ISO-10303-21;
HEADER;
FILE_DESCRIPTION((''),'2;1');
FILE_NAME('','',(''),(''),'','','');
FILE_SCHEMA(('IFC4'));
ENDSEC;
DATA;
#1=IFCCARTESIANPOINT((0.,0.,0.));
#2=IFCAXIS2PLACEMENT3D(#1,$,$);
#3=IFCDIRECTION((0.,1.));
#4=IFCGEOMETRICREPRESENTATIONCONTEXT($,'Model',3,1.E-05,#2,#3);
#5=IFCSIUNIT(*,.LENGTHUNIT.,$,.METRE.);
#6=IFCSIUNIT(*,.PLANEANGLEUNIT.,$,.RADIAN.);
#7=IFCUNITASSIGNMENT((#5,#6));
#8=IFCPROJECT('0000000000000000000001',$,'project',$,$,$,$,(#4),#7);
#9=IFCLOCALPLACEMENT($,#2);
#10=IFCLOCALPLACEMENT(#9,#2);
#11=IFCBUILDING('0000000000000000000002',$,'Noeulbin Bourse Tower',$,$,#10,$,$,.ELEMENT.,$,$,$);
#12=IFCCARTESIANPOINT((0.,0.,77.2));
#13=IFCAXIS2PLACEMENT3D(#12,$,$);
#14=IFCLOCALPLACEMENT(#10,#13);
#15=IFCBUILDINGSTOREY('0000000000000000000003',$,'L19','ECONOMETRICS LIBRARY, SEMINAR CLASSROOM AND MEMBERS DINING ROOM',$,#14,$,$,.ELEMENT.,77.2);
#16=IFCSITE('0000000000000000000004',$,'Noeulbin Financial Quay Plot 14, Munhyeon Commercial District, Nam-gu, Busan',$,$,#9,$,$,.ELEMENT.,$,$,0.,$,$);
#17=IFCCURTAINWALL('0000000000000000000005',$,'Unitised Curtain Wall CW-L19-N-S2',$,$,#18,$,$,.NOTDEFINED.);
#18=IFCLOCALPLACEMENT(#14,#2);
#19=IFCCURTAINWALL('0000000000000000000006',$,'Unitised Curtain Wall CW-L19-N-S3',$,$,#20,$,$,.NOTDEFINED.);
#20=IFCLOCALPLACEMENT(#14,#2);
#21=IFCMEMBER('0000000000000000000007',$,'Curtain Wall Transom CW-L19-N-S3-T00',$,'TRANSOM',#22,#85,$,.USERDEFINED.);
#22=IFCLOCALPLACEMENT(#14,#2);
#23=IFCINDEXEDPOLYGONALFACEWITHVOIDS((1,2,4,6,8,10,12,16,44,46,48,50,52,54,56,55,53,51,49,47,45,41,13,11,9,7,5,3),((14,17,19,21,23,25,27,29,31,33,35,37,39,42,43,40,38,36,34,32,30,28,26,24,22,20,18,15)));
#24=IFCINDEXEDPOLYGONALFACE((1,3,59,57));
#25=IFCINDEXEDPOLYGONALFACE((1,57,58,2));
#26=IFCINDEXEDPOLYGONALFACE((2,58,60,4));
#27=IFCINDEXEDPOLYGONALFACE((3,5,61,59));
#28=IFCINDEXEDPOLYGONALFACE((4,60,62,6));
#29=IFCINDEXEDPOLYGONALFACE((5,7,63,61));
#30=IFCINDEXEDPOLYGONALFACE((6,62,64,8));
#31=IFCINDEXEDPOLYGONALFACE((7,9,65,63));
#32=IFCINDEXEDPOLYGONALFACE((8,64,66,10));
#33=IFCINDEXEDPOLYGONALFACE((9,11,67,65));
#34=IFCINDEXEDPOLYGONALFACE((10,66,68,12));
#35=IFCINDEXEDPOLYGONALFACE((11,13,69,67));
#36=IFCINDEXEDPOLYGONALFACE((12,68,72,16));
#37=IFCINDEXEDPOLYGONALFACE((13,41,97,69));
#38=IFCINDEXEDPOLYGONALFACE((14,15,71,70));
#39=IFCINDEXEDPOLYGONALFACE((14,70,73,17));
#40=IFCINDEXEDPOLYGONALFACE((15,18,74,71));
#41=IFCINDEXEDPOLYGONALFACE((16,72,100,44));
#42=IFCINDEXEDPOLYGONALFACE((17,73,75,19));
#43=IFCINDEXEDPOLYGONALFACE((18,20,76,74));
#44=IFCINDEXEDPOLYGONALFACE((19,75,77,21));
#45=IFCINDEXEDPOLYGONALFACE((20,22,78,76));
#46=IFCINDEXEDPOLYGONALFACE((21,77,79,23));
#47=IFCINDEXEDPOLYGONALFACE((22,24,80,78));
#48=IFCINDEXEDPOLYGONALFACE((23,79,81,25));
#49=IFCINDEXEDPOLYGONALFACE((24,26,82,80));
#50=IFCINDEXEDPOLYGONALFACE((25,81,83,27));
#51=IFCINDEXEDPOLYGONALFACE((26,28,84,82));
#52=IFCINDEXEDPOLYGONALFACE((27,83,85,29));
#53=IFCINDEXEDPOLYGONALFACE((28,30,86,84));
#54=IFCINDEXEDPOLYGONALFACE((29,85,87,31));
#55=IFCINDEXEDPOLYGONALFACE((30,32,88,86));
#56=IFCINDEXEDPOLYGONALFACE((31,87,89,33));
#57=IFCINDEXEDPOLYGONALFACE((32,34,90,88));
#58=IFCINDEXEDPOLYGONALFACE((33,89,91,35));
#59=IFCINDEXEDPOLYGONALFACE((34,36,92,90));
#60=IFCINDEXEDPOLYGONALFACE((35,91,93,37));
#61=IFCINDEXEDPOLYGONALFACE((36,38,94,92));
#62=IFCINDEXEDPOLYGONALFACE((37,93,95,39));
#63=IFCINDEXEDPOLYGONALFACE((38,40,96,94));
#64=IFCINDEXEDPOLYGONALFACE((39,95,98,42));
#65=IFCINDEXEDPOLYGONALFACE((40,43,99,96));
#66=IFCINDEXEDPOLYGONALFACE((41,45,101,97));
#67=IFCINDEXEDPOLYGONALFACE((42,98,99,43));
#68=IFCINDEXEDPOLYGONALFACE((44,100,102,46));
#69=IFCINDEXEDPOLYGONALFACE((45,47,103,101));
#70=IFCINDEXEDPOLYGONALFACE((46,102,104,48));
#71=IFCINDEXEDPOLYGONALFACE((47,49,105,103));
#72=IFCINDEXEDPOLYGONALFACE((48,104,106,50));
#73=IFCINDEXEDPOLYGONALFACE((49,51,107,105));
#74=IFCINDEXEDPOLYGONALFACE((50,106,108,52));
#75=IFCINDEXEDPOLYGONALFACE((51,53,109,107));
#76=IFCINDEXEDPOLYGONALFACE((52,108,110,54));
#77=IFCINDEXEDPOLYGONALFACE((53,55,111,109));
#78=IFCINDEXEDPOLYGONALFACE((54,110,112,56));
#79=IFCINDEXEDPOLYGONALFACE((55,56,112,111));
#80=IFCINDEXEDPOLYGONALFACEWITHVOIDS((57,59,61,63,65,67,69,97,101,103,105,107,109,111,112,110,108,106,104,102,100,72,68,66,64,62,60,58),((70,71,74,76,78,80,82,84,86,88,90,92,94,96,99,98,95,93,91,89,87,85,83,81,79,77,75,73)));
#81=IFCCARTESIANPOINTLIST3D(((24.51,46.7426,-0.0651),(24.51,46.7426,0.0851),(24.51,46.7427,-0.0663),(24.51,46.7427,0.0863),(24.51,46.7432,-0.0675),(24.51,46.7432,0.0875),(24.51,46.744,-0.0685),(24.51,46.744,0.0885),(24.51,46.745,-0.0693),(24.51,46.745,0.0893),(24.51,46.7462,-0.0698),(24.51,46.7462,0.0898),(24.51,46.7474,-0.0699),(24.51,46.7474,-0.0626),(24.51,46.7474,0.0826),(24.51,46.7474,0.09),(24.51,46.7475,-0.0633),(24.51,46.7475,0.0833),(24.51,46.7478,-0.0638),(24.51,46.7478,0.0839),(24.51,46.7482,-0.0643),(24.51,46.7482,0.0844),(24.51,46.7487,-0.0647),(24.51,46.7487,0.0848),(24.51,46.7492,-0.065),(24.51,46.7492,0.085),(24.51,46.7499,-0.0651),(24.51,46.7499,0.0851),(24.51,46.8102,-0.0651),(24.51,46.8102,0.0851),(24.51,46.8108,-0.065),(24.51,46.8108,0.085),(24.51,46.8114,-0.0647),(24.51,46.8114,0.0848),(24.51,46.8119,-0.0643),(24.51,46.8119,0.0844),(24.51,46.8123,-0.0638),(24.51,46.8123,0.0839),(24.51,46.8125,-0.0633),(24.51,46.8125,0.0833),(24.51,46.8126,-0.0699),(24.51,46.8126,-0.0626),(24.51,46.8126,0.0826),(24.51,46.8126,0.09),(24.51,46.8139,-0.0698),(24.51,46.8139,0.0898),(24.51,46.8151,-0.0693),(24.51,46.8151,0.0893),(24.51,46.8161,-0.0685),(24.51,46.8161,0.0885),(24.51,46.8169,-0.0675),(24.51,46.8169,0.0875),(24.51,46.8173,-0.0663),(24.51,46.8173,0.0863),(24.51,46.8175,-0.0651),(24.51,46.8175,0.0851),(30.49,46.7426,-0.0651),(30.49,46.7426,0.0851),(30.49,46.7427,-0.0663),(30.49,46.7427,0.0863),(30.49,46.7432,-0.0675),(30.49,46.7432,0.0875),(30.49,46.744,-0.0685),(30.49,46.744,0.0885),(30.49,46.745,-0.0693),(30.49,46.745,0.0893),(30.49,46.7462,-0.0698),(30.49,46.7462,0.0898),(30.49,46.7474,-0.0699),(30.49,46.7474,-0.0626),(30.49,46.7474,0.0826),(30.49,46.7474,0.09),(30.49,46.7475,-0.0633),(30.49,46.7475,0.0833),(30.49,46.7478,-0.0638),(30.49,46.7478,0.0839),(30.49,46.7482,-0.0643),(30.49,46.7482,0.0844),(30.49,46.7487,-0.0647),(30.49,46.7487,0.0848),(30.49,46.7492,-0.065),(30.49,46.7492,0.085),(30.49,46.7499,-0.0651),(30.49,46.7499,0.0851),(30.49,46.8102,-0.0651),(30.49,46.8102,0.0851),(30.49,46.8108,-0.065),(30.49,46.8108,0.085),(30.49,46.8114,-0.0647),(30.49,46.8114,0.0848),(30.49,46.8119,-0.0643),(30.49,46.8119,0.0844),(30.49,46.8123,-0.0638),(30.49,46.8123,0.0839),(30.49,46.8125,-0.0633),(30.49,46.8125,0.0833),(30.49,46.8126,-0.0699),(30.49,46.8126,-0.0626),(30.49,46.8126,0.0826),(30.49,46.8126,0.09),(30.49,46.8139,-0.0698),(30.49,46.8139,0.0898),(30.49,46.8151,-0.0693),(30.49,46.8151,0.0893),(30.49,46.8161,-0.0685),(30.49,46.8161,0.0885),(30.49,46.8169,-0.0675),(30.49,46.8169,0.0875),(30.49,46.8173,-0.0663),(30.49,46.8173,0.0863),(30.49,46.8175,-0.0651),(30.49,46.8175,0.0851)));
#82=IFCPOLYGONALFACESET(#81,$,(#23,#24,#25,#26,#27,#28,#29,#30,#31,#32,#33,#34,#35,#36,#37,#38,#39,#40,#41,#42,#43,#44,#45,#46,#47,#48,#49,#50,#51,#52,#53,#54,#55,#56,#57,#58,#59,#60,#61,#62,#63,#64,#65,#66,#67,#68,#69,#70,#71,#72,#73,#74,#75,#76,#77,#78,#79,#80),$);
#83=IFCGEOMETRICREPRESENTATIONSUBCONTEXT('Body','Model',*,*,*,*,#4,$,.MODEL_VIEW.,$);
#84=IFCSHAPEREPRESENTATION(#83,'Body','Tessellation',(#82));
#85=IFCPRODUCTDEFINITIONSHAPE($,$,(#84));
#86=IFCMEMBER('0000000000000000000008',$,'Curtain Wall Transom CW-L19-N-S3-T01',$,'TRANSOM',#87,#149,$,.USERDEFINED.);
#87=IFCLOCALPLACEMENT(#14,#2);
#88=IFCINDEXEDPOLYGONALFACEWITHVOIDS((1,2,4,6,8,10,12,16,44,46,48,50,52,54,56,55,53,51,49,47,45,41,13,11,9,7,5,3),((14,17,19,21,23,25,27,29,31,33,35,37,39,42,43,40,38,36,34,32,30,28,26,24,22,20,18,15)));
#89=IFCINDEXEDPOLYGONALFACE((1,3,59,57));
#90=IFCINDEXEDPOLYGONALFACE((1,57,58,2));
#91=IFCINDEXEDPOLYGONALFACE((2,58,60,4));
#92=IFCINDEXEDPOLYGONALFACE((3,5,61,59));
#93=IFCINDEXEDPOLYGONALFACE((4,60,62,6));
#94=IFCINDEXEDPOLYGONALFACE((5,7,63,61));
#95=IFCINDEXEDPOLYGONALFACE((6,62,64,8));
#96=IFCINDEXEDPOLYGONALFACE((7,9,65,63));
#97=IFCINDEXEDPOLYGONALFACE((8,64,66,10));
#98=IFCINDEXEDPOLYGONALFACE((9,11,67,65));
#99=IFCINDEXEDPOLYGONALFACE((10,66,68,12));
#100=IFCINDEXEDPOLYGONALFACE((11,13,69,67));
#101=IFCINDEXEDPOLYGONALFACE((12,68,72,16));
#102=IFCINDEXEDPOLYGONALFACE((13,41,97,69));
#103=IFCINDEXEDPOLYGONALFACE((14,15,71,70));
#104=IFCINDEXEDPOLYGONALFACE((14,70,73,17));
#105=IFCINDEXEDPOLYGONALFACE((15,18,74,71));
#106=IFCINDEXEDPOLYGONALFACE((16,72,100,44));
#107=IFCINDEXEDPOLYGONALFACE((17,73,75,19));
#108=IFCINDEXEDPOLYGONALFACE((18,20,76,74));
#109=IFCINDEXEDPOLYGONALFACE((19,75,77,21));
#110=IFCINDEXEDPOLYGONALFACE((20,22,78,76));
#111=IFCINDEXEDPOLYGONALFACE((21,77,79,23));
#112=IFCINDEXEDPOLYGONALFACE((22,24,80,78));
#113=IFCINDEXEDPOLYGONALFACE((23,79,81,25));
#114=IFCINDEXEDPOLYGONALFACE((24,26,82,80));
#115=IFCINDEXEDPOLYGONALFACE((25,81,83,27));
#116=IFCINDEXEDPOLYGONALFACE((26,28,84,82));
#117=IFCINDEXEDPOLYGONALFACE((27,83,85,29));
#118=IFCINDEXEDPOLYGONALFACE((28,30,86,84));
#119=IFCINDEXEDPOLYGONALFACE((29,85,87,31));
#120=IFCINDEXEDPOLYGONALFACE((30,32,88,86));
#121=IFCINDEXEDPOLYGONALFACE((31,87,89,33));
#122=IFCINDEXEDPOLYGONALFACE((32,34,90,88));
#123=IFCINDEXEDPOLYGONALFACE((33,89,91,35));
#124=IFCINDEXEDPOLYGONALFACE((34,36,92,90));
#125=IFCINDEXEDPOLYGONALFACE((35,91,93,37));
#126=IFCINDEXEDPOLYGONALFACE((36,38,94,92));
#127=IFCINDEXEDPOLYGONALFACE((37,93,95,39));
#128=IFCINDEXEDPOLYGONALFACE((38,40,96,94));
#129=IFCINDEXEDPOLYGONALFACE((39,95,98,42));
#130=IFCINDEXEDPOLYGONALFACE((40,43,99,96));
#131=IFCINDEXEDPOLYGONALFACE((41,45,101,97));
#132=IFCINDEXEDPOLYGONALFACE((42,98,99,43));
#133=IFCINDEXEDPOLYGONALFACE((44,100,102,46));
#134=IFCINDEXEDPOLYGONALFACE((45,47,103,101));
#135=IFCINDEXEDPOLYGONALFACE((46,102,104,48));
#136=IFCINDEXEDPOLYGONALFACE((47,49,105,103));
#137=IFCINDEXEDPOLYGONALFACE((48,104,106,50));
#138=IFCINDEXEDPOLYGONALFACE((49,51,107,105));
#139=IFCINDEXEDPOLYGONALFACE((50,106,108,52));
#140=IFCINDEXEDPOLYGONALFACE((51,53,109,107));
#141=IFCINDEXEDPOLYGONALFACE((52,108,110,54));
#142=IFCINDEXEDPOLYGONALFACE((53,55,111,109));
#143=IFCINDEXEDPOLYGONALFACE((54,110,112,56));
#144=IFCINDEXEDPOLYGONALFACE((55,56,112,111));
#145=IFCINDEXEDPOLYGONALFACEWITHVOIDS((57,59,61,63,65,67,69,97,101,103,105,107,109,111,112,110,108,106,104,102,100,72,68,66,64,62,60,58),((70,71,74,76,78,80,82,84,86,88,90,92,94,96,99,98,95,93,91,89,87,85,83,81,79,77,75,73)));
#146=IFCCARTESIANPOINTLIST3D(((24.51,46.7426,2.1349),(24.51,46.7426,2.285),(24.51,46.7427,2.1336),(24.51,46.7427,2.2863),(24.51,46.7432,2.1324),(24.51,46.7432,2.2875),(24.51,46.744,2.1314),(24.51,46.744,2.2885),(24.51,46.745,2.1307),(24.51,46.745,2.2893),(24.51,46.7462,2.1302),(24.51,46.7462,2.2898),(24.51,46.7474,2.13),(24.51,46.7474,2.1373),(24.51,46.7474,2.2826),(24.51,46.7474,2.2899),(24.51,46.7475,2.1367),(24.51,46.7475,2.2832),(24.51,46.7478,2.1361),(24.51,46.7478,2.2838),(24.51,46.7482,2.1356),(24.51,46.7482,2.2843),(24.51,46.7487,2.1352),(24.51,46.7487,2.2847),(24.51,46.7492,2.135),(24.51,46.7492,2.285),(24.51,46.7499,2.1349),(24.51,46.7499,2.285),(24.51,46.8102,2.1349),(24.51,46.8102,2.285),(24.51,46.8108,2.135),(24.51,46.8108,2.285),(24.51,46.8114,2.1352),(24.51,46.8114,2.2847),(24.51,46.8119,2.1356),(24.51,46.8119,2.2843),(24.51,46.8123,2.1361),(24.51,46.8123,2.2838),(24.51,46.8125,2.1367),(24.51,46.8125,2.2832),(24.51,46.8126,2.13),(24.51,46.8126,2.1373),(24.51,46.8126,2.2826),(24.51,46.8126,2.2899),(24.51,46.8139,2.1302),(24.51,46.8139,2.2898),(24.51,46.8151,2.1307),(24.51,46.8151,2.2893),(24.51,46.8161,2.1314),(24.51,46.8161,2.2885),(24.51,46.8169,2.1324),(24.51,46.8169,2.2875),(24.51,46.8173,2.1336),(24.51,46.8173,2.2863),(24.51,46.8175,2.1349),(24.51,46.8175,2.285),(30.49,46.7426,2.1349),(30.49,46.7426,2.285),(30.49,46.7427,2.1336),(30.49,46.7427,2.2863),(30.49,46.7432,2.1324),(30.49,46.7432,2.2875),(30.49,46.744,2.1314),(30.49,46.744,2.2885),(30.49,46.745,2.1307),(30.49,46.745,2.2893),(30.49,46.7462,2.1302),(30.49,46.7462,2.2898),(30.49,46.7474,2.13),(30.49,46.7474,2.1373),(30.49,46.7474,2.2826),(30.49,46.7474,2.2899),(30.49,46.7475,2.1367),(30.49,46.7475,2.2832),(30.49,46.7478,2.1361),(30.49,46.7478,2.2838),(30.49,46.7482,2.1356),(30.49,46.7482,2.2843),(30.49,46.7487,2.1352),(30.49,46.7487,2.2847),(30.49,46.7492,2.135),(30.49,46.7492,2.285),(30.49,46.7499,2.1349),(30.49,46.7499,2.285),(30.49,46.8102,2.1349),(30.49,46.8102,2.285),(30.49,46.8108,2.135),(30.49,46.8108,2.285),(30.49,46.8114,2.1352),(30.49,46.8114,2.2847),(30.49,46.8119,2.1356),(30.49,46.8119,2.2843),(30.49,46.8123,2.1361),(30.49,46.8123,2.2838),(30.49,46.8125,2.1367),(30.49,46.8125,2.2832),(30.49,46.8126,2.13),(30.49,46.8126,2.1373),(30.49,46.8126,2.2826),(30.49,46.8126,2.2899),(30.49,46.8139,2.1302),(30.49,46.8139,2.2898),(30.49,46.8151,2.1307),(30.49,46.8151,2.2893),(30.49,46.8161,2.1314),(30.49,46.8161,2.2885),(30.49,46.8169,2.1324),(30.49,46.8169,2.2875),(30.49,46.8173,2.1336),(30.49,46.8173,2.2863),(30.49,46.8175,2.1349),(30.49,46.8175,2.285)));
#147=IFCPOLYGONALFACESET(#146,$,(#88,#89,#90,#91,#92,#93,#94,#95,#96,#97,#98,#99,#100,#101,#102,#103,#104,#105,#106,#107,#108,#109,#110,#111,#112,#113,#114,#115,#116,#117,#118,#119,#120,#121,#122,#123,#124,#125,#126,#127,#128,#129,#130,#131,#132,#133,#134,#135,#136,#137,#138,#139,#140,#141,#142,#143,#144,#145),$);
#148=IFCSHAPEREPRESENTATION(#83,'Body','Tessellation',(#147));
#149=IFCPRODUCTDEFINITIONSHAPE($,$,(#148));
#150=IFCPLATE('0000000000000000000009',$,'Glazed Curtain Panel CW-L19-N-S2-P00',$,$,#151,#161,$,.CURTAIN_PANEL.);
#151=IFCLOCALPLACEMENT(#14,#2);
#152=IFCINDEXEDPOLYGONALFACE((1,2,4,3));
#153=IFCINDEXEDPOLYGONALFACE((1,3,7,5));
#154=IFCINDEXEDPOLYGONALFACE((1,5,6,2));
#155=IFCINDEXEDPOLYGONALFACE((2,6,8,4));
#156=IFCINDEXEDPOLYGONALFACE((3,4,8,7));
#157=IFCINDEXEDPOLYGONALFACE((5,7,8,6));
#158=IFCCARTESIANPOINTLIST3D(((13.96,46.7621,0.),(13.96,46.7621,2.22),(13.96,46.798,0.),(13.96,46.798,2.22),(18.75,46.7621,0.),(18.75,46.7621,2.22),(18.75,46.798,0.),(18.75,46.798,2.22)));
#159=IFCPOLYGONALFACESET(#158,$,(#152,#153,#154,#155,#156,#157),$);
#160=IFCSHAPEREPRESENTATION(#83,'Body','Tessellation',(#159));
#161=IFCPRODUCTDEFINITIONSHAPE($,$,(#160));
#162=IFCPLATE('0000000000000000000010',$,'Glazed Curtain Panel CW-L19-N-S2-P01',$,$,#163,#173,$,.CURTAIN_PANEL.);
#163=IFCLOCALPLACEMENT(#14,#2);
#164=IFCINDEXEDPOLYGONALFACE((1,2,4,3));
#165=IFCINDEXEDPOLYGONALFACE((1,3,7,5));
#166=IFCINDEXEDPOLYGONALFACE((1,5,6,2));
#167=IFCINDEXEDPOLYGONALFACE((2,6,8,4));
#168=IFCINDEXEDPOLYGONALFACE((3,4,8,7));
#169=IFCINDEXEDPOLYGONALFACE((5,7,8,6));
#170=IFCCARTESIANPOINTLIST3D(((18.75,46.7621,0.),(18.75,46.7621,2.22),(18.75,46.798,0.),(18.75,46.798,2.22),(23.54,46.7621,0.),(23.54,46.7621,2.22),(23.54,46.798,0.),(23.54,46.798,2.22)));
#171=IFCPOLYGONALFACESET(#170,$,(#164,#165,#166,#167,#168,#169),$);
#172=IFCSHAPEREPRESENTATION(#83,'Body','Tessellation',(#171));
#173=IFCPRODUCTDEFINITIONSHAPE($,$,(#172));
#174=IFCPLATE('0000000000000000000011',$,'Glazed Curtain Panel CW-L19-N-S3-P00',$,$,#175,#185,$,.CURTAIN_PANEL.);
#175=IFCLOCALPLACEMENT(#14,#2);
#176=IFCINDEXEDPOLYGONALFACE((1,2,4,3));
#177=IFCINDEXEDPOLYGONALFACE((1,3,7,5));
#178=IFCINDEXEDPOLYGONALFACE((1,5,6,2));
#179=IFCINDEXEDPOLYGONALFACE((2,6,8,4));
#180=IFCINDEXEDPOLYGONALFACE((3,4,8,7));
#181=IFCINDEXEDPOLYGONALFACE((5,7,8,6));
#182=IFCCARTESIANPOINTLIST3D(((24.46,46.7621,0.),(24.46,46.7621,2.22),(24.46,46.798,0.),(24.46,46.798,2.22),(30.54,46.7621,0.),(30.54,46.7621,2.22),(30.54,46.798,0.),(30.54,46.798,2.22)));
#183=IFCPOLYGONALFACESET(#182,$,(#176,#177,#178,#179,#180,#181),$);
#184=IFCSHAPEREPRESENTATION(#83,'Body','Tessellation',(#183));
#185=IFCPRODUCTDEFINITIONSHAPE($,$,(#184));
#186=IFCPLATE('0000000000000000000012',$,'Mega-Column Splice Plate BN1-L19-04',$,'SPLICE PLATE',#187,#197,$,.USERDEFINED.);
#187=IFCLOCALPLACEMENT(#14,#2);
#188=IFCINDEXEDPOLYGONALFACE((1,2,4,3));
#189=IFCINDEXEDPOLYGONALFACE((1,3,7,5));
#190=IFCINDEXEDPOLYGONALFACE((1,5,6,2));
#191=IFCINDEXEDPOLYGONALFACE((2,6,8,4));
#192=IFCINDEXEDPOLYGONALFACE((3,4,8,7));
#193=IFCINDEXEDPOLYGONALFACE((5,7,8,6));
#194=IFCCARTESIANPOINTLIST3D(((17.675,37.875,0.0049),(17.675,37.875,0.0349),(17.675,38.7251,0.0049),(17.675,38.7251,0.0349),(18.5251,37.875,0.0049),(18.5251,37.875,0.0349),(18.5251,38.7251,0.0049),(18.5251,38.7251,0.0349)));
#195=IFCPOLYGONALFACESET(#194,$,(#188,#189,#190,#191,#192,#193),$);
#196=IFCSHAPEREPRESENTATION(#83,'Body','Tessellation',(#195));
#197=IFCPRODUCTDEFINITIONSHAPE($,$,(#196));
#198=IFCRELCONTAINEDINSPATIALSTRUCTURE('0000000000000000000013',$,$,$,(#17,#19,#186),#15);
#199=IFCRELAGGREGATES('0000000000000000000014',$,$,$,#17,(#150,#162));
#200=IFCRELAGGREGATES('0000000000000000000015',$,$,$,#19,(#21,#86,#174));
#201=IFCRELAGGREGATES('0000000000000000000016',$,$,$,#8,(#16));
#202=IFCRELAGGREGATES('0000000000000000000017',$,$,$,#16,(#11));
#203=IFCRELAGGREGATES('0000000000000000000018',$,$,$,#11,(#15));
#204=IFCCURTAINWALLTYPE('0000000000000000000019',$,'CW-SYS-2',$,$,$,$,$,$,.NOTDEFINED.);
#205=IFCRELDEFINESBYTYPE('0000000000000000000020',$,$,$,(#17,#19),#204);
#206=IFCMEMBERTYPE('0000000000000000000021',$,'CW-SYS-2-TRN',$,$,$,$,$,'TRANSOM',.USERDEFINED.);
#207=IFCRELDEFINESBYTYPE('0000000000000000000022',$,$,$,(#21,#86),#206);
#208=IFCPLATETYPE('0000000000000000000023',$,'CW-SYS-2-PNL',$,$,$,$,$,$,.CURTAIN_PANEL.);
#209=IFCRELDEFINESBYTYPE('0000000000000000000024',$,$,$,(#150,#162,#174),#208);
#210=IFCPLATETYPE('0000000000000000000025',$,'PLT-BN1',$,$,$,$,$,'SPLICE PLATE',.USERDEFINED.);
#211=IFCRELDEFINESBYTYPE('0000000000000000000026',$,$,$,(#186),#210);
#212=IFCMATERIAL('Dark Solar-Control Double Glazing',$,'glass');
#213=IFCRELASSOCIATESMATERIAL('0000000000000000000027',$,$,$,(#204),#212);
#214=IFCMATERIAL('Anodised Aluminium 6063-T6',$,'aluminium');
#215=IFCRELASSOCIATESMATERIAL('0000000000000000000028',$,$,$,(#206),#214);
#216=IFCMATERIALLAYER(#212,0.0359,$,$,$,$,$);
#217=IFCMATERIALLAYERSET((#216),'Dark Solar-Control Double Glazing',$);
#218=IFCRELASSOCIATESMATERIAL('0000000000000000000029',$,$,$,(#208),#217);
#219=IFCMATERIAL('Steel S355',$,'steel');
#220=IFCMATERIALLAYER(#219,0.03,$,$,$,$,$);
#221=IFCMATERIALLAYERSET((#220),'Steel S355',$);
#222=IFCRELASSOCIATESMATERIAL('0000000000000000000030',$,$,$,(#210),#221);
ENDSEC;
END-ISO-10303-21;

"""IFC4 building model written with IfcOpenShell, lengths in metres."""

from ifc_helpers import new_model, si_unit, direction, frame, origin, origin_2d, place, context, subcontext, project, spatial, rectangle, hollow_rectangle, extrude, material, layer, layer_set, material_profile, profile_set, type_object, element, aggregate, save


model = new_model("IFC4")

# Units and contexts
model_context = context("Model", 3, precision=1e-05, world=origin(), true_north=direction((0.0, 1.0)))
body_context = subcontext(model_context, "Body", "Model", "MODEL_VIEW")
ifc_project = project(units=[si_unit("LENGTHUNIT", "METRE"), si_unit("PLANEANGLEUNIT", "RADIAN")], contexts=[model_context])

# Site, building, storey
site_placement = place(None, origin())
site = spatial("IfcSite", under=ifc_project, at=site_placement, Name="Noeulbin Financial Quay Plot 14, Munhyeon Commercial District, Nam-gu, Busan", CompositionType="ELEMENT", RefElevation=0.0)
building_placement = place(site_placement, origin())
building = spatial("IfcBuilding", under=site, at=building_placement, Name="Noeulbin Bourse Tower", CompositionType="ELEMENT")
storey_placement = place(building_placement, frame((0.0, 0.0, 77.2)))
storey = spatial("IfcBuildingStorey", under=building, at=storey_placement, Name="L19", Description="ECONOMETRICS LIBRARY, SEMINAR CLASSROOM AND MEMBERS DINING ROOM", CompositionType="ELEMENT", Elevation=77.2)

# Shared definitions
ifc_material_1 = material(Name="Steel S355", Category="steel")

# Curtain walls, members
ifc_material_2 = material(Name="Dark Solar-Control Double Glazing", Category="glass")
curtain_wall_type = type_object("IfcCurtainWallType", Name="CW-SYS-2", PredefinedType="NOTDEFINED", material=ifc_material_2)
curtain_wall_1_placement = place(storey_placement, origin())
curtain_wall_1 = element("IfcCurtainWall", 1, at=curtain_wall_1_placement, inside=storey, type_object=curtain_wall_type, Name="Unitised Curtain Wall CW-L19-N-S2", PredefinedType="NOTDEFINED")
ifc_material_3 = material(Name="Anodised Aluminium 6063-T6", Category="aluminium")
curtain_wall_2_placement = place(storey_placement, origin())
curtain_wall_2 = element("IfcCurtainWall", 2, at=curtain_wall_2_placement, inside=storey, type_object=curtain_wall_type, Name="Unitised Curtain Wall CW-L19-N-S3", PredefinedType="NOTDEFINED")
ifc_material_profile_1 = material_profile(ifc_material_3, hollow_rectangle(XDim=0.075, YDim=0.1599, WallThickness=0.0049, InnerFilletRadius=0.0024, OuterFilletRadius=0.0049, at=origin_2d()), Name="ALU-TRAN-75x160x5", Category="LoadBearing")
ifc_profile_set_1 = profile_set([ifc_material_profile_1], Name="Anodised Aluminium 6063-T6")
member_type_1 = type_object("IfcMemberType", Name="CW-SYS-2-TRN", ElementType="TRANSOM", PredefinedType="USERDEFINED", material=ifc_profile_set_1)
member_1_placement = place(storey_placement, frame((24.51, 46.78, 0.01), z_axis=(1.0, 0.0, 0.0), x_axis=(0.0, 1.0, 0.0)))
member_1 = element("IfcMember", 3, at=member_1_placement, type_object=member_type_1, Name="Curtain Wall Transom CW-L19-N-S3-T00", ObjectType="TRANSOM", PredefinedType="USERDEFINED", context=body_context, shape_type="SweptSolid", body=[
    extrude(hollow_rectangle(XDim=0.075, YDim=0.1599, WallThickness=0.0049, InnerFilletRadius=0.0024, OuterFilletRadius=0.0049, at=origin_2d()), origin(), (0.0, 0.0, 1.0), 5.98),
])
member_2_placement = place(storey_placement, frame((24.51, 46.78, 2.21), z_axis=(1.0, 0.0, 0.0), x_axis=(0.0, 1.0, 0.0)))
member_2 = element("IfcMember", 4, at=member_2_placement, type_object=member_type_1, Name="Curtain Wall Transom CW-L19-N-S3-T01", ObjectType="TRANSOM", PredefinedType="USERDEFINED", context=body_context, shape_type="SweptSolid", body=[
    extrude(hollow_rectangle(XDim=0.075, YDim=0.1599, WallThickness=0.0049, InnerFilletRadius=0.0024, OuterFilletRadius=0.0049, at=origin_2d()), origin(), (0.0, 0.0, 1.0), 5.98),
])

# Plates
ifc_layer_1 = layer(ifc_material_2, 0.0359)
ifc_layer_set_1 = layer_set([ifc_layer_1], Name="Dark Solar-Control Double Glazing")
plate_type_1 = type_object("IfcPlateType", Name="CW-SYS-2-PNL", PredefinedType="CURTAIN_PANEL", material=ifc_layer_set_1)
plate_1_placement = place(storey_placement, frame((16.355, 46.78, 0.0), z_axis=(0.0, 0.0, 1.0), x_axis=(1.0, 0.0, 0.0)))
plate_1 = element("IfcPlate", 5, at=plate_1_placement, type_object=plate_type_1, Name="Glazed Curtain Panel CW-L19-N-S2-P00", PredefinedType="CURTAIN_PANEL", context=body_context, shape_type="SweptSolid", body=[
    extrude(rectangle(XDim=4.79, YDim=0.0359, at=origin_2d()), origin(), (0.0, 0.0, 1.0), 2.22),
])
plate_2_placement = place(storey_placement, frame((21.145, 46.78, 0.0), z_axis=(0.0, 0.0, 1.0), x_axis=(1.0, 0.0, 0.0)))
plate_2 = element("IfcPlate", 6, at=plate_2_placement, type_object=plate_type_1, Name="Glazed Curtain Panel CW-L19-N-S2-P01", PredefinedType="CURTAIN_PANEL", context=body_context, shape_type="SweptSolid", body=[
    extrude(rectangle(XDim=4.79, YDim=0.0359, at=origin_2d()), origin(), (0.0, 0.0, 1.0), 2.22),
])
aggregate(curtain_wall_1, [plate_1, plate_2])
plate_3_placement = place(storey_placement, frame((27.5, 46.78, 0.0), z_axis=(0.0, 0.0, 1.0), x_axis=(1.0, 0.0, 0.0)))
plate_3 = element("IfcPlate", 7, at=plate_3_placement, type_object=plate_type_1, Name="Glazed Curtain Panel CW-L19-N-S3-P00", PredefinedType="CURTAIN_PANEL", context=body_context, shape_type="SweptSolid", body=[
    extrude(rectangle(XDim=6.0801, YDim=0.0359, at=origin_2d()), origin(), (0.0, 0.0, 1.0), 2.22),
])
aggregate(curtain_wall_2, [member_1, member_2, plate_3])

# Plate
ifc_layer_2 = layer(ifc_material_1, 0.03)
ifc_layer_set_2 = layer_set([ifc_layer_2], Name="Steel S355")
plate_type_2 = type_object("IfcPlateType", Name="PLT-BN1", ElementType="SPLICE PLATE", PredefinedType="USERDEFINED", material=ifc_layer_set_2)
for number, where, z_axis, x_axis, name in (
    (8, (18.1001, 38.3, 0.0049), (0.0, 0.0, 1.0), (1.0, 0.0, 0.0), "Mega-Column Splice Plate BN1-L19-04"),
):
    element("IfcPlate", number, at=place(storey_placement, frame(where, z_axis=z_axis, x_axis=x_axis)), inside=storey, type_object=plate_type_2, Name=name, ObjectType="SPLICE PLATE", PredefinedType="USERDEFINED", context=body_context, shape_type="SweptSolid", body=[
        extrude(rectangle(XDim=0.8501, YDim=0.8501, at=origin_2d()), origin(), (0.0, 0.0, 1.0), 0.03),
    ])

save(model, "model.ifc")
